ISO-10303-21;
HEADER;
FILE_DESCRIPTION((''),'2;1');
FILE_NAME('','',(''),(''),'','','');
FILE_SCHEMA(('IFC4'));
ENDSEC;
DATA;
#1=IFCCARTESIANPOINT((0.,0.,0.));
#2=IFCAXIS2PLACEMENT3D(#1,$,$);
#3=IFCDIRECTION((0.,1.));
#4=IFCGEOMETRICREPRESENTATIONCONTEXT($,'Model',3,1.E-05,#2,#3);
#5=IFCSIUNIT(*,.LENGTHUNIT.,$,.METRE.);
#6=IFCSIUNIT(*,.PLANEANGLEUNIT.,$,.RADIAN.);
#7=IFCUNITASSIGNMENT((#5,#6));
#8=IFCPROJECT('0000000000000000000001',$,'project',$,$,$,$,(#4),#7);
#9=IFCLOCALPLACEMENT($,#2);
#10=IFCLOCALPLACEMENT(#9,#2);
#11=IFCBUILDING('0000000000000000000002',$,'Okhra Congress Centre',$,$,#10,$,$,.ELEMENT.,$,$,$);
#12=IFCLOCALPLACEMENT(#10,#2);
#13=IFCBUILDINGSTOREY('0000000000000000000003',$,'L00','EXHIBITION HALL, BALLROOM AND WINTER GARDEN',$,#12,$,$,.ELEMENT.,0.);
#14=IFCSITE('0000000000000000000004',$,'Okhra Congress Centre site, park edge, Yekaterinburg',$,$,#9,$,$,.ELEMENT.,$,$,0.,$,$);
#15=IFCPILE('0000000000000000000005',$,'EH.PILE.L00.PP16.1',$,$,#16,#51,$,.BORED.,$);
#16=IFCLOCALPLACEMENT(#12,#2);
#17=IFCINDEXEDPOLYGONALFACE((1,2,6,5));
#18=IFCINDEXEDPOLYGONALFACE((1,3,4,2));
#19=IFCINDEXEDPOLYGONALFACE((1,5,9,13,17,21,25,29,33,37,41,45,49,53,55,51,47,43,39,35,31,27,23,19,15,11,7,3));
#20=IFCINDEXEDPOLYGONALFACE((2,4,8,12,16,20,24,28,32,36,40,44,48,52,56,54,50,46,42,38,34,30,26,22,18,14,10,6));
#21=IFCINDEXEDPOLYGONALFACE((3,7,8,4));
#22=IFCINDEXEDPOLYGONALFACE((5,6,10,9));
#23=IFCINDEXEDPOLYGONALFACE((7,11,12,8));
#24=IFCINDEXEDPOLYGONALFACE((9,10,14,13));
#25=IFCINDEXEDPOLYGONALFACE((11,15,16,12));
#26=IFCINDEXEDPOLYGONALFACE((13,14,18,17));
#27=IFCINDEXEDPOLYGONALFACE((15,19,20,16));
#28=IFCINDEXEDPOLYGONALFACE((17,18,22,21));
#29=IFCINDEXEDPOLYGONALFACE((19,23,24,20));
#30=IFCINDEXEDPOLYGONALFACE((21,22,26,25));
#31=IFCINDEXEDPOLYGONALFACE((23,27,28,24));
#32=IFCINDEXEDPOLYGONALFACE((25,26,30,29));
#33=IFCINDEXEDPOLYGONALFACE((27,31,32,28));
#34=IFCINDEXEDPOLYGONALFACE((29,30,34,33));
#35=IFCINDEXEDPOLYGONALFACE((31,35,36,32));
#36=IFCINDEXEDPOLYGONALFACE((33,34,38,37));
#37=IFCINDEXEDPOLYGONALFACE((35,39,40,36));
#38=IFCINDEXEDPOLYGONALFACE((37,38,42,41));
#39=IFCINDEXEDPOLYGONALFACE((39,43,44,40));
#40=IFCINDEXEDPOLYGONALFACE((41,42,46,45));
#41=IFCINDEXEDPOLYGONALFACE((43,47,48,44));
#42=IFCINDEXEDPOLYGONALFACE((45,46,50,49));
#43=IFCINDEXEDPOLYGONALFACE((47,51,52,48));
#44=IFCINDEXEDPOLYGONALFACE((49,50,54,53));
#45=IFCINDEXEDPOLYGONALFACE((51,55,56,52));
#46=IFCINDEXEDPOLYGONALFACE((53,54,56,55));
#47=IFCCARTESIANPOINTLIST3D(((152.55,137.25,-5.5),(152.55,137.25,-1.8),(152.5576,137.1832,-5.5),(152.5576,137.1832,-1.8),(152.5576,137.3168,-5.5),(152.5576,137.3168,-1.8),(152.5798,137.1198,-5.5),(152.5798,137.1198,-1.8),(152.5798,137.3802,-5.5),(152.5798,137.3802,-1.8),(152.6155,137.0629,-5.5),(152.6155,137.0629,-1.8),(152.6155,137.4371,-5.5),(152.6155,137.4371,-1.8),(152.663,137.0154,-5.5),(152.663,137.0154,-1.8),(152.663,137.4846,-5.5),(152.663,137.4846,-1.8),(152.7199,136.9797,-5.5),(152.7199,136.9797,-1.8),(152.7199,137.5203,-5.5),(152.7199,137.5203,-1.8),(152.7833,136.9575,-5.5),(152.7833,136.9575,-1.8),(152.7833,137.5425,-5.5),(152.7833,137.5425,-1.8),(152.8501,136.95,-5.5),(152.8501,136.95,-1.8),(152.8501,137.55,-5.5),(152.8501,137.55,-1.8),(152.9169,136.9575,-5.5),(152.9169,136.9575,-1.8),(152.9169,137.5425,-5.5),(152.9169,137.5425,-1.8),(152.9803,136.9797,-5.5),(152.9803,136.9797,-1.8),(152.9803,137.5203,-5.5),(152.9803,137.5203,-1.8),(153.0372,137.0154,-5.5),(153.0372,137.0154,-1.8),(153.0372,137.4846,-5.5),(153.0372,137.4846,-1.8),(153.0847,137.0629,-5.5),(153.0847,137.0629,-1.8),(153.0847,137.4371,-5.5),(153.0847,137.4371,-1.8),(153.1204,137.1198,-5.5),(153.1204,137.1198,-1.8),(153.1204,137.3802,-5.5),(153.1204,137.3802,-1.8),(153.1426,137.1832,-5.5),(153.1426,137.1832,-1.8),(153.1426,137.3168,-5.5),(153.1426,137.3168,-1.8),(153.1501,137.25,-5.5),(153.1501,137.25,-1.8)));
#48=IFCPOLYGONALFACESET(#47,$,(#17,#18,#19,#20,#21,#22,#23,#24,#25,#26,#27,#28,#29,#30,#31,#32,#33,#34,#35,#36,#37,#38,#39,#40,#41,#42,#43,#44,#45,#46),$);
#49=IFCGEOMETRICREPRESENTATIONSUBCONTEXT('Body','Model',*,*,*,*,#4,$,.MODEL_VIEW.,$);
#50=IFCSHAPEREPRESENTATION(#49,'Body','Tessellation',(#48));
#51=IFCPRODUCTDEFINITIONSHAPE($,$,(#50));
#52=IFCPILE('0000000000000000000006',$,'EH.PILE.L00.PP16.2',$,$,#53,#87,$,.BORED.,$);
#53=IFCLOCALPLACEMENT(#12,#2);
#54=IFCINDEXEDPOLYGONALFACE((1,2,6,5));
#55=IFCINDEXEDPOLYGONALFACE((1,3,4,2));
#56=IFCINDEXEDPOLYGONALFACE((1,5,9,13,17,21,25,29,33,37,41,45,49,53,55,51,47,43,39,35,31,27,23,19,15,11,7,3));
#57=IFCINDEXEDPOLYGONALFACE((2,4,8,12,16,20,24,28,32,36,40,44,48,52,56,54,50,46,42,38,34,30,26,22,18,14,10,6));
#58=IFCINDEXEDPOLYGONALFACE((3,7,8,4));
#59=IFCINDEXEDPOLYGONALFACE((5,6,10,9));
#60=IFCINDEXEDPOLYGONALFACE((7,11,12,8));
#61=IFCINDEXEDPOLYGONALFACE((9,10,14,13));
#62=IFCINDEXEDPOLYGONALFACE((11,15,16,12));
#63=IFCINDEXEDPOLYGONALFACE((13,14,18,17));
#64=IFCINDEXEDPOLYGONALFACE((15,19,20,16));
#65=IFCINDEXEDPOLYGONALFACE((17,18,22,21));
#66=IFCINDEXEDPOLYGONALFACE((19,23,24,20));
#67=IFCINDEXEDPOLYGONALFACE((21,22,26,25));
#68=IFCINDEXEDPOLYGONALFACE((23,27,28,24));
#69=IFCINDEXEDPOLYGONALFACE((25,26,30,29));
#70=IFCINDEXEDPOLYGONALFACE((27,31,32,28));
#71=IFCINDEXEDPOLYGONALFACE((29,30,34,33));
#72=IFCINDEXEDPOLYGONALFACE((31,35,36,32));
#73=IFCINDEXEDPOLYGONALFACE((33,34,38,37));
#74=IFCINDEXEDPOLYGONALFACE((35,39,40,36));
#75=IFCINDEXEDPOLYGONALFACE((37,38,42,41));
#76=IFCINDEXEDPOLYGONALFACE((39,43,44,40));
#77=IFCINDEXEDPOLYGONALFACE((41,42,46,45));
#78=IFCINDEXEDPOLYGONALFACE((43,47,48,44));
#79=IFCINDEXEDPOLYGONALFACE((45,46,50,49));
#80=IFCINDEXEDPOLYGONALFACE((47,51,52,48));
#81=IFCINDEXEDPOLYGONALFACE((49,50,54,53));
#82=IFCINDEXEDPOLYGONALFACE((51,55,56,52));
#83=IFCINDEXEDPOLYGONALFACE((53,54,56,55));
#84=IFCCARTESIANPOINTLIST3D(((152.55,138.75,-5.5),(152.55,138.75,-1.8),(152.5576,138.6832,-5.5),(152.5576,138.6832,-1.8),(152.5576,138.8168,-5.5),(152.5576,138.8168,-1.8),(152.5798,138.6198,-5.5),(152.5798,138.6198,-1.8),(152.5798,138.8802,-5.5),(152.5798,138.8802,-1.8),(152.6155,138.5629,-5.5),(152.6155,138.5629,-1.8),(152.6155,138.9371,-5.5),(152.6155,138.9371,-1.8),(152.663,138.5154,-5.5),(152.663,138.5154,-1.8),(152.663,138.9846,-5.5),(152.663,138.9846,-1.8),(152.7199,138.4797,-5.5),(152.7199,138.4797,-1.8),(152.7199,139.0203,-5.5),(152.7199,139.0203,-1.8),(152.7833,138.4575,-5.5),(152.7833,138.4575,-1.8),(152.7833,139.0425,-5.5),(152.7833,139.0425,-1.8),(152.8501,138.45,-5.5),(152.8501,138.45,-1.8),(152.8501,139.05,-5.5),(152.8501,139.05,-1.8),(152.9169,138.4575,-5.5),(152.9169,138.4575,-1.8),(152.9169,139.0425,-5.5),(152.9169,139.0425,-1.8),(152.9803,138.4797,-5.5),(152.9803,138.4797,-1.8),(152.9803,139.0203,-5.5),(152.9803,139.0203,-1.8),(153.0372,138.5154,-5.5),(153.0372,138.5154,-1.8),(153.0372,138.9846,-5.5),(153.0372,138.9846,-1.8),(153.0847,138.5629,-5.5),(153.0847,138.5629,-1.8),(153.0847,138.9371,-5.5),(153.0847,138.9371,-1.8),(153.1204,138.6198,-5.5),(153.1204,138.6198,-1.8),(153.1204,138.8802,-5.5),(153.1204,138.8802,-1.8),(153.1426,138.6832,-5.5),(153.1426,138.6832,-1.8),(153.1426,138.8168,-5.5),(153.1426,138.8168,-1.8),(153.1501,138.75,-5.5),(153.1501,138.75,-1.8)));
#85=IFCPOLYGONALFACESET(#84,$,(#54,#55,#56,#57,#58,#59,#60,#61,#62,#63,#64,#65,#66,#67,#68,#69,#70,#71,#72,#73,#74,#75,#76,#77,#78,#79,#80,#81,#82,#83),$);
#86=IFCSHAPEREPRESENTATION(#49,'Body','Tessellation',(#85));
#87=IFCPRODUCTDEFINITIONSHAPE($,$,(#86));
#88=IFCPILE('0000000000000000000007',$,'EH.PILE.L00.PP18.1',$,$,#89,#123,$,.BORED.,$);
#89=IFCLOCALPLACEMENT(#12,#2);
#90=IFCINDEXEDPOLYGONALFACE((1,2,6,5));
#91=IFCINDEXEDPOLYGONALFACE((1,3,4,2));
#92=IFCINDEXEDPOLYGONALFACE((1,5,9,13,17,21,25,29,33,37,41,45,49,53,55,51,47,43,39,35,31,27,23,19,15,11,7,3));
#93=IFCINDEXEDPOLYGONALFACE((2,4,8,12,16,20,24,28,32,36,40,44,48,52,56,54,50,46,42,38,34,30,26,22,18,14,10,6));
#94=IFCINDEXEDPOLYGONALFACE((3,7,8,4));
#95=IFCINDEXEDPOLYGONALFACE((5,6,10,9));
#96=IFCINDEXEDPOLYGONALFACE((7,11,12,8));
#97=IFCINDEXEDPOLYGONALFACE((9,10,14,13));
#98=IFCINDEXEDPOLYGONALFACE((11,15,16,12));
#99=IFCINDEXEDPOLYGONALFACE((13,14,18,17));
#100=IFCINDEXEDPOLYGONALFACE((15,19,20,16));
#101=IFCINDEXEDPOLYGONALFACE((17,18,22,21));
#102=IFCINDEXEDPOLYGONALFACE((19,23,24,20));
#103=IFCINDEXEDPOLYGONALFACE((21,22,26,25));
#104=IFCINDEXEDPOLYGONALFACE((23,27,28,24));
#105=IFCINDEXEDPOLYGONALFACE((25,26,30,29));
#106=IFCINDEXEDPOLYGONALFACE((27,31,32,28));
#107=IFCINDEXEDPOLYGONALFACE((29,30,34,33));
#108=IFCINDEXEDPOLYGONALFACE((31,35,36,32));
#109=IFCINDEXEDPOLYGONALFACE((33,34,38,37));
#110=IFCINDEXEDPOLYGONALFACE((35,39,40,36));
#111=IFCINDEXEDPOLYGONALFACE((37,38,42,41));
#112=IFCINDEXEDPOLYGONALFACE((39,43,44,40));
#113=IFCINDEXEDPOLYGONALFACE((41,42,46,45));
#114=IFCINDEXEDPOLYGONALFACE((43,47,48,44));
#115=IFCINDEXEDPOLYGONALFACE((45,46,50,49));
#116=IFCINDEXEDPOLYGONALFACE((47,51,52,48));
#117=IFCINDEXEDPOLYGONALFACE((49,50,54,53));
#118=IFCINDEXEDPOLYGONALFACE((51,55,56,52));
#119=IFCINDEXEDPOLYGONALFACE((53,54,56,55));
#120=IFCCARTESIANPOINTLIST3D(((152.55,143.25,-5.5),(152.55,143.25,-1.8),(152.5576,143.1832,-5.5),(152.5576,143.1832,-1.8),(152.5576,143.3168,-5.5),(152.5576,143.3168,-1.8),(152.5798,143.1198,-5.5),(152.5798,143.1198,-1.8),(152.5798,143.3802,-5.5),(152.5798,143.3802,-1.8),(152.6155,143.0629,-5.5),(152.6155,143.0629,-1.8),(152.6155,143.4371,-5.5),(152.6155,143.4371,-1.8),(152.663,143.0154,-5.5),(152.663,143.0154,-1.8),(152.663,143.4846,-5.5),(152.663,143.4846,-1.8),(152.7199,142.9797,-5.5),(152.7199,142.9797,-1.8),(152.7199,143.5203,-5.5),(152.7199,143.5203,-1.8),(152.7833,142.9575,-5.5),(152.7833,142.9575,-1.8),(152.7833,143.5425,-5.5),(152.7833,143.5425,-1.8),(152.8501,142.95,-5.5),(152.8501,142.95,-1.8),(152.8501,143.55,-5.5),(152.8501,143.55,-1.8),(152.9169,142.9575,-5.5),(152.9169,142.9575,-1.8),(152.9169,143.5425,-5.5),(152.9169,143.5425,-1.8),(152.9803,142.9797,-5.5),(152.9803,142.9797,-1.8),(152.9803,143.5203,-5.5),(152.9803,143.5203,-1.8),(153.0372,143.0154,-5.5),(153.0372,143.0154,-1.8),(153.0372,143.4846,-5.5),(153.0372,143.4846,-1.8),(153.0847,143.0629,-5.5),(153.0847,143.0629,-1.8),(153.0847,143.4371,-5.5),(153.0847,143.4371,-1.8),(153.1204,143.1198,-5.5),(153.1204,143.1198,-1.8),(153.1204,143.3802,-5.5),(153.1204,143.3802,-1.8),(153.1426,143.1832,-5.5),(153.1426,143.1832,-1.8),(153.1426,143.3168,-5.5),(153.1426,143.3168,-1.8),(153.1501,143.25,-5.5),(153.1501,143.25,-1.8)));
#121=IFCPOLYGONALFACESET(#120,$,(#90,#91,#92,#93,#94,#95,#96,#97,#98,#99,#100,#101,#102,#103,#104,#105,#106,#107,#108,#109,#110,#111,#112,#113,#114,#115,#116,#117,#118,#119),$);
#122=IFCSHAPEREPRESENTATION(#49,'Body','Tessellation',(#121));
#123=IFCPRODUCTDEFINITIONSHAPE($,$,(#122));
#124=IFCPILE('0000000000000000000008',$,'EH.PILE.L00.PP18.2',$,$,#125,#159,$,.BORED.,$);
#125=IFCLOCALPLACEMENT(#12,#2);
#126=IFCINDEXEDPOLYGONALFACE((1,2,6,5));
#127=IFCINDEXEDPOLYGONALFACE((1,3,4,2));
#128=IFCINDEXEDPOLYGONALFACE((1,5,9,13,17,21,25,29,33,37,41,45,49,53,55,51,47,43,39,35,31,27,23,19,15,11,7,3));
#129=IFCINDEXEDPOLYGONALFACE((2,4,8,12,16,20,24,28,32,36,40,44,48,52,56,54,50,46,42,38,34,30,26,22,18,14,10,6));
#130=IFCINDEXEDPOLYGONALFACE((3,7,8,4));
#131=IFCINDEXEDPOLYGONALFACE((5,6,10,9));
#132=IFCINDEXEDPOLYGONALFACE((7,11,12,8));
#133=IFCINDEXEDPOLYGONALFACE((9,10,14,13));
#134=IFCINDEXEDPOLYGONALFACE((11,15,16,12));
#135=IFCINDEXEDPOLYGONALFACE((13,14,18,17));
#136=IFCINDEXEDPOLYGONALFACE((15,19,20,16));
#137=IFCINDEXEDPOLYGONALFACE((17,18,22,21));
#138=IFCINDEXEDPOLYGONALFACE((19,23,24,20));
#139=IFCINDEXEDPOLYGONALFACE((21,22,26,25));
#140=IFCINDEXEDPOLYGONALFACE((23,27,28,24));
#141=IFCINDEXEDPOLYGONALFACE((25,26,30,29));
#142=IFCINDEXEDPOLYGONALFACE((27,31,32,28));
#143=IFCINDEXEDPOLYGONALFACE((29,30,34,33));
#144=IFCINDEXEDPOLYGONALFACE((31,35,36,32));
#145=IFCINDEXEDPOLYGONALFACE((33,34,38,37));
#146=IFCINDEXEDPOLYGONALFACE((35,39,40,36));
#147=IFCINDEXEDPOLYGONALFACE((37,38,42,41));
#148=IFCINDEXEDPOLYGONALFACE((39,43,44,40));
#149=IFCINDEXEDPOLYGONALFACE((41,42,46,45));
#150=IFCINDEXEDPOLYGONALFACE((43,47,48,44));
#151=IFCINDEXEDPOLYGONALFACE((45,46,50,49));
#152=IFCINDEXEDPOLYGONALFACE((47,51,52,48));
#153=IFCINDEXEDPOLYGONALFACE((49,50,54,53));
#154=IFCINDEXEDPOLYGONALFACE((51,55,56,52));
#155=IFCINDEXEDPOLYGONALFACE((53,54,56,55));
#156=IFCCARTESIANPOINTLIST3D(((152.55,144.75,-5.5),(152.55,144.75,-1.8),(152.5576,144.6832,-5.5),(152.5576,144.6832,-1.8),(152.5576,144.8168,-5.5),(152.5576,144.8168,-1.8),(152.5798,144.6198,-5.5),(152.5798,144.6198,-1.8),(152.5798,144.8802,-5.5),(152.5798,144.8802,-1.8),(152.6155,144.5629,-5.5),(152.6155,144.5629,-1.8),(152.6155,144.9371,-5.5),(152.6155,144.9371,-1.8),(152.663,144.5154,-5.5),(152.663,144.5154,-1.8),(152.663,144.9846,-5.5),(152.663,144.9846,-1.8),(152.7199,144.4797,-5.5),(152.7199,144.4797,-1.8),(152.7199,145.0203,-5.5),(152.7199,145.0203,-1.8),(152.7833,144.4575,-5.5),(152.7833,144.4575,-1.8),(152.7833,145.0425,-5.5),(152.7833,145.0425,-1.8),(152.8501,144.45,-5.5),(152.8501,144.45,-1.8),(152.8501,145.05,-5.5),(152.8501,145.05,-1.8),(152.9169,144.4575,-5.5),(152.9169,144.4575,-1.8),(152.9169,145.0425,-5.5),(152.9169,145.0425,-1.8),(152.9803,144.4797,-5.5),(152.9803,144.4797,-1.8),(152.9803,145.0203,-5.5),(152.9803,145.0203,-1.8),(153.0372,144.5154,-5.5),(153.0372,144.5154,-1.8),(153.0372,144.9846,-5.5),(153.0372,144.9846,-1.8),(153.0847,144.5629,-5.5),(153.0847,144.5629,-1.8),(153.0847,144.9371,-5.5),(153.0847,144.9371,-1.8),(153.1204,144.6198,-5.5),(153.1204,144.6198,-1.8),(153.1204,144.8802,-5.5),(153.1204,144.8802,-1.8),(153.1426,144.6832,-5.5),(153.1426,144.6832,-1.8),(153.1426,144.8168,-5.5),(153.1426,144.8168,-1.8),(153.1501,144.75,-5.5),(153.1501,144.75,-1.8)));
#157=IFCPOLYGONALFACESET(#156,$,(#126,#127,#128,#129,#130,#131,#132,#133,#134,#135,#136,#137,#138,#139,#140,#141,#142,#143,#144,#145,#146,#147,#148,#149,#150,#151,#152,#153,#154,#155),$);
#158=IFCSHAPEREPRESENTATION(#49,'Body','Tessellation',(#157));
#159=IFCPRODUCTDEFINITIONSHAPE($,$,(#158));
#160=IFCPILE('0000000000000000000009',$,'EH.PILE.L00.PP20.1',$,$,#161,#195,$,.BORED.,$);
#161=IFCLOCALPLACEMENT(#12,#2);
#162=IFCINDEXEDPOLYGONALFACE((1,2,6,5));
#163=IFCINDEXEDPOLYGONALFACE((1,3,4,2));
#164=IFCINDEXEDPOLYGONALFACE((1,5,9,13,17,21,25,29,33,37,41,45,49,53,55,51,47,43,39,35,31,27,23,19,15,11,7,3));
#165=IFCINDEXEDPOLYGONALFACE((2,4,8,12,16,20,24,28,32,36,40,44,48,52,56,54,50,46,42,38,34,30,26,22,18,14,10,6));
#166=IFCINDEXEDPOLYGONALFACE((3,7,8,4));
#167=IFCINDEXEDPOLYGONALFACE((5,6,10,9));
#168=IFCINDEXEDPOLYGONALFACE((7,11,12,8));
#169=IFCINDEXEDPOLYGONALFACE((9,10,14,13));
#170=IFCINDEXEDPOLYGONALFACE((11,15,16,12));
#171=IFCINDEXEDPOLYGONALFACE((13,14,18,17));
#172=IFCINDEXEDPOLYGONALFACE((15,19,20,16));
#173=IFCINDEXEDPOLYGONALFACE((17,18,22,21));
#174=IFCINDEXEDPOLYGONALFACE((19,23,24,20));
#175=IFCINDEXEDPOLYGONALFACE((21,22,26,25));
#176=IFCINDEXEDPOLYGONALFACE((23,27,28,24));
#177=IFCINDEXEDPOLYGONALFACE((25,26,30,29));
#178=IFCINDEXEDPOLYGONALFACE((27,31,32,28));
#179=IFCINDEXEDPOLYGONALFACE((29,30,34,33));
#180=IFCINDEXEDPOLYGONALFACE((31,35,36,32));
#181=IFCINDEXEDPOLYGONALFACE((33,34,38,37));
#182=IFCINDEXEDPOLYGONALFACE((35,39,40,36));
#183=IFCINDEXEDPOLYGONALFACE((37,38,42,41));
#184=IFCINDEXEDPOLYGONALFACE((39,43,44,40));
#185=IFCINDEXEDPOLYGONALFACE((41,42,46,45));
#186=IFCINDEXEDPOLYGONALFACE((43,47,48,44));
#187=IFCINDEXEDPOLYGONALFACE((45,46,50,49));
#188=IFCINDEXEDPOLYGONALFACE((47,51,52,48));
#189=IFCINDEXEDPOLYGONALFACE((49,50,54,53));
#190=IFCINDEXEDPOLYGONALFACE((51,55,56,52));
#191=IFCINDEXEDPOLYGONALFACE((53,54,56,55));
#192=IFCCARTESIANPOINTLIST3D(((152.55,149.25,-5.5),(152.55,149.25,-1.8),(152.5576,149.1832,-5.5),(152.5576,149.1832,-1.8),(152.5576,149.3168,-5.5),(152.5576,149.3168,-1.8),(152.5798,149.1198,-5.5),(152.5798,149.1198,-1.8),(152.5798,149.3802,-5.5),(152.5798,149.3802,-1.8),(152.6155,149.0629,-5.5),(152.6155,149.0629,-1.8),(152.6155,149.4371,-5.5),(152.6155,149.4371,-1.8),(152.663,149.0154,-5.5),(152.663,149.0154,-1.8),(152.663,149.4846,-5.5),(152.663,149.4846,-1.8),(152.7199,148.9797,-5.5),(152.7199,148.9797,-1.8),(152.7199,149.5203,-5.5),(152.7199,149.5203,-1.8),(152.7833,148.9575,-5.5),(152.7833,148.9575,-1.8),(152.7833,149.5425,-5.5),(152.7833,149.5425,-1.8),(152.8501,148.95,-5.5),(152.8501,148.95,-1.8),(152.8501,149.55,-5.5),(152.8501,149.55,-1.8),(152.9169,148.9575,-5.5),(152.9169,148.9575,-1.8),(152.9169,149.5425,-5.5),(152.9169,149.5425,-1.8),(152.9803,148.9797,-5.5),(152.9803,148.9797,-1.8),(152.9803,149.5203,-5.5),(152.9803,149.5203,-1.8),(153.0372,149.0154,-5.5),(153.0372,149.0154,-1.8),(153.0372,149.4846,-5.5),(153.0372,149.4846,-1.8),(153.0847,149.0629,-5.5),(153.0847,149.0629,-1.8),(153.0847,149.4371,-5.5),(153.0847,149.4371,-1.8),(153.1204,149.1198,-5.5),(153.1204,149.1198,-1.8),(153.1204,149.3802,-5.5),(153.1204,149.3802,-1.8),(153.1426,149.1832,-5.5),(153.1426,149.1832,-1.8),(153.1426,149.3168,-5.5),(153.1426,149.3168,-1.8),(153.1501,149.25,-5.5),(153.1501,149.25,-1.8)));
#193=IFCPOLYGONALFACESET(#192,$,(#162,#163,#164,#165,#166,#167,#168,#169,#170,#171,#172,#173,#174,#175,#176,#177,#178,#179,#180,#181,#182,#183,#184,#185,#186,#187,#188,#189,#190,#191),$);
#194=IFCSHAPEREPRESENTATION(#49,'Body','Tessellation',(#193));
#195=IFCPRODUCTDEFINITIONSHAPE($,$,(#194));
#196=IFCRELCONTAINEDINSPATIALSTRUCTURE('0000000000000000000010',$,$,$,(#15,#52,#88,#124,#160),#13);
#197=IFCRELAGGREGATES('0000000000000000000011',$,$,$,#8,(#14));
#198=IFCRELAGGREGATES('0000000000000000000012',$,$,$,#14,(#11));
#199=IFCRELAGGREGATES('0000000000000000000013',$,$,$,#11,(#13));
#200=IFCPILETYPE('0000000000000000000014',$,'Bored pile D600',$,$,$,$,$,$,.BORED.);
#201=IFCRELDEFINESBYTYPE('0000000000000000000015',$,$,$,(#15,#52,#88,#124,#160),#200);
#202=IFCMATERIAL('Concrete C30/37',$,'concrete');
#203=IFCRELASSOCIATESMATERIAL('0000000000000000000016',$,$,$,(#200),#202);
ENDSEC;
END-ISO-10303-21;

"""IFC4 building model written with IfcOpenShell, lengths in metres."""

from ifc_helpers import new_model, si_unit, direction, frame, origin, origin_2d, place, context, subcontext, project, spatial, circle, extrude, material, material_profile, profile_set, type_object, element, save


model = new_model("IFC4")

# Units and contexts
model_context = context("Model", 3, precision=1e-05, world=origin(), true_north=direction((0.0, 1.0)))
body_context = subcontext(model_context, "Body", "Model", "MODEL_VIEW")
ifc_project = project(units=[si_unit("LENGTHUNIT", "METRE"), si_unit("PLANEANGLEUNIT", "RADIAN")], contexts=[model_context])

# Site, building, storey
site_placement = place(None, origin())
site = spatial("IfcSite", under=ifc_project, at=site_placement, Name="Okhra Congress Centre site, park edge, Yekaterinburg", CompositionType="ELEMENT", RefElevation=0.0)
building_placement = place(site_placement, origin())
building = spatial("IfcBuilding", under=site, at=building_placement, Name="Okhra Congress Centre", CompositionType="ELEMENT")
storey_placement = place(building_placement, origin())
storey = spatial("IfcBuildingStorey", under=building, at=storey_placement, Name="L00", Description="EXHIBITION HALL, BALLROOM AND WINTER GARDEN", CompositionType="ELEMENT", Elevation=0.0)

# Piles
ifc_material_1 = material(Name="Concrete C30/37", Category="concrete")
ifc_material_profile_1 = material_profile(ifc_material_1, circle(Radius=0.3, at=origin_2d()), Name="D600")
ifc_profile_set_1 = profile_set([ifc_material_profile_1], Name="Concrete C30/37")
pile_type = type_object("IfcPileType", Name="Bored pile D600", PredefinedType="BORED", material=ifc_profile_set_1)
for number, where, z_axis, x_axis, name in (
    (1, (152.8501, 137.25, -1.8), (0.0, 0.0, -1.0), (1.0, 0.0, 0.0), "EH.PILE.L00.PP16.1"),
    (2, (152.8501, 138.75, -1.8), (0.0, 0.0, -1.0), (1.0, 0.0, 0.0), "EH.PILE.L00.PP16.2"),
    (3, (152.8501, 143.25, -1.8), (0.0, 0.0, -1.0), (1.0, 0.0, 0.0), "EH.PILE.L00.PP18.1"),
    (4, (152.8501, 144.75, -1.8), (0.0, 0.0, -1.0), (1.0, 0.0, 0.0), "EH.PILE.L00.PP18.2"),
    (5, (152.8501, 149.25, -1.8), (0.0, 0.0, -1.0), (1.0, 0.0, 0.0), "EH.PILE.L00.PP20.1"),
):
    element("IfcPile", number, at=place(storey_placement, frame(where, z_axis=z_axis, x_axis=x_axis)), inside=storey, type_object=pile_type, Name=name, PredefinedType="BORED", context=body_context, shape_type="SweptSolid", body=[
        extrude(circle(Radius=0.3, at=origin_2d()), origin(), (0.0, 0.0, 1.0), 3.7),
    ])

save(model, "model.ifc")
